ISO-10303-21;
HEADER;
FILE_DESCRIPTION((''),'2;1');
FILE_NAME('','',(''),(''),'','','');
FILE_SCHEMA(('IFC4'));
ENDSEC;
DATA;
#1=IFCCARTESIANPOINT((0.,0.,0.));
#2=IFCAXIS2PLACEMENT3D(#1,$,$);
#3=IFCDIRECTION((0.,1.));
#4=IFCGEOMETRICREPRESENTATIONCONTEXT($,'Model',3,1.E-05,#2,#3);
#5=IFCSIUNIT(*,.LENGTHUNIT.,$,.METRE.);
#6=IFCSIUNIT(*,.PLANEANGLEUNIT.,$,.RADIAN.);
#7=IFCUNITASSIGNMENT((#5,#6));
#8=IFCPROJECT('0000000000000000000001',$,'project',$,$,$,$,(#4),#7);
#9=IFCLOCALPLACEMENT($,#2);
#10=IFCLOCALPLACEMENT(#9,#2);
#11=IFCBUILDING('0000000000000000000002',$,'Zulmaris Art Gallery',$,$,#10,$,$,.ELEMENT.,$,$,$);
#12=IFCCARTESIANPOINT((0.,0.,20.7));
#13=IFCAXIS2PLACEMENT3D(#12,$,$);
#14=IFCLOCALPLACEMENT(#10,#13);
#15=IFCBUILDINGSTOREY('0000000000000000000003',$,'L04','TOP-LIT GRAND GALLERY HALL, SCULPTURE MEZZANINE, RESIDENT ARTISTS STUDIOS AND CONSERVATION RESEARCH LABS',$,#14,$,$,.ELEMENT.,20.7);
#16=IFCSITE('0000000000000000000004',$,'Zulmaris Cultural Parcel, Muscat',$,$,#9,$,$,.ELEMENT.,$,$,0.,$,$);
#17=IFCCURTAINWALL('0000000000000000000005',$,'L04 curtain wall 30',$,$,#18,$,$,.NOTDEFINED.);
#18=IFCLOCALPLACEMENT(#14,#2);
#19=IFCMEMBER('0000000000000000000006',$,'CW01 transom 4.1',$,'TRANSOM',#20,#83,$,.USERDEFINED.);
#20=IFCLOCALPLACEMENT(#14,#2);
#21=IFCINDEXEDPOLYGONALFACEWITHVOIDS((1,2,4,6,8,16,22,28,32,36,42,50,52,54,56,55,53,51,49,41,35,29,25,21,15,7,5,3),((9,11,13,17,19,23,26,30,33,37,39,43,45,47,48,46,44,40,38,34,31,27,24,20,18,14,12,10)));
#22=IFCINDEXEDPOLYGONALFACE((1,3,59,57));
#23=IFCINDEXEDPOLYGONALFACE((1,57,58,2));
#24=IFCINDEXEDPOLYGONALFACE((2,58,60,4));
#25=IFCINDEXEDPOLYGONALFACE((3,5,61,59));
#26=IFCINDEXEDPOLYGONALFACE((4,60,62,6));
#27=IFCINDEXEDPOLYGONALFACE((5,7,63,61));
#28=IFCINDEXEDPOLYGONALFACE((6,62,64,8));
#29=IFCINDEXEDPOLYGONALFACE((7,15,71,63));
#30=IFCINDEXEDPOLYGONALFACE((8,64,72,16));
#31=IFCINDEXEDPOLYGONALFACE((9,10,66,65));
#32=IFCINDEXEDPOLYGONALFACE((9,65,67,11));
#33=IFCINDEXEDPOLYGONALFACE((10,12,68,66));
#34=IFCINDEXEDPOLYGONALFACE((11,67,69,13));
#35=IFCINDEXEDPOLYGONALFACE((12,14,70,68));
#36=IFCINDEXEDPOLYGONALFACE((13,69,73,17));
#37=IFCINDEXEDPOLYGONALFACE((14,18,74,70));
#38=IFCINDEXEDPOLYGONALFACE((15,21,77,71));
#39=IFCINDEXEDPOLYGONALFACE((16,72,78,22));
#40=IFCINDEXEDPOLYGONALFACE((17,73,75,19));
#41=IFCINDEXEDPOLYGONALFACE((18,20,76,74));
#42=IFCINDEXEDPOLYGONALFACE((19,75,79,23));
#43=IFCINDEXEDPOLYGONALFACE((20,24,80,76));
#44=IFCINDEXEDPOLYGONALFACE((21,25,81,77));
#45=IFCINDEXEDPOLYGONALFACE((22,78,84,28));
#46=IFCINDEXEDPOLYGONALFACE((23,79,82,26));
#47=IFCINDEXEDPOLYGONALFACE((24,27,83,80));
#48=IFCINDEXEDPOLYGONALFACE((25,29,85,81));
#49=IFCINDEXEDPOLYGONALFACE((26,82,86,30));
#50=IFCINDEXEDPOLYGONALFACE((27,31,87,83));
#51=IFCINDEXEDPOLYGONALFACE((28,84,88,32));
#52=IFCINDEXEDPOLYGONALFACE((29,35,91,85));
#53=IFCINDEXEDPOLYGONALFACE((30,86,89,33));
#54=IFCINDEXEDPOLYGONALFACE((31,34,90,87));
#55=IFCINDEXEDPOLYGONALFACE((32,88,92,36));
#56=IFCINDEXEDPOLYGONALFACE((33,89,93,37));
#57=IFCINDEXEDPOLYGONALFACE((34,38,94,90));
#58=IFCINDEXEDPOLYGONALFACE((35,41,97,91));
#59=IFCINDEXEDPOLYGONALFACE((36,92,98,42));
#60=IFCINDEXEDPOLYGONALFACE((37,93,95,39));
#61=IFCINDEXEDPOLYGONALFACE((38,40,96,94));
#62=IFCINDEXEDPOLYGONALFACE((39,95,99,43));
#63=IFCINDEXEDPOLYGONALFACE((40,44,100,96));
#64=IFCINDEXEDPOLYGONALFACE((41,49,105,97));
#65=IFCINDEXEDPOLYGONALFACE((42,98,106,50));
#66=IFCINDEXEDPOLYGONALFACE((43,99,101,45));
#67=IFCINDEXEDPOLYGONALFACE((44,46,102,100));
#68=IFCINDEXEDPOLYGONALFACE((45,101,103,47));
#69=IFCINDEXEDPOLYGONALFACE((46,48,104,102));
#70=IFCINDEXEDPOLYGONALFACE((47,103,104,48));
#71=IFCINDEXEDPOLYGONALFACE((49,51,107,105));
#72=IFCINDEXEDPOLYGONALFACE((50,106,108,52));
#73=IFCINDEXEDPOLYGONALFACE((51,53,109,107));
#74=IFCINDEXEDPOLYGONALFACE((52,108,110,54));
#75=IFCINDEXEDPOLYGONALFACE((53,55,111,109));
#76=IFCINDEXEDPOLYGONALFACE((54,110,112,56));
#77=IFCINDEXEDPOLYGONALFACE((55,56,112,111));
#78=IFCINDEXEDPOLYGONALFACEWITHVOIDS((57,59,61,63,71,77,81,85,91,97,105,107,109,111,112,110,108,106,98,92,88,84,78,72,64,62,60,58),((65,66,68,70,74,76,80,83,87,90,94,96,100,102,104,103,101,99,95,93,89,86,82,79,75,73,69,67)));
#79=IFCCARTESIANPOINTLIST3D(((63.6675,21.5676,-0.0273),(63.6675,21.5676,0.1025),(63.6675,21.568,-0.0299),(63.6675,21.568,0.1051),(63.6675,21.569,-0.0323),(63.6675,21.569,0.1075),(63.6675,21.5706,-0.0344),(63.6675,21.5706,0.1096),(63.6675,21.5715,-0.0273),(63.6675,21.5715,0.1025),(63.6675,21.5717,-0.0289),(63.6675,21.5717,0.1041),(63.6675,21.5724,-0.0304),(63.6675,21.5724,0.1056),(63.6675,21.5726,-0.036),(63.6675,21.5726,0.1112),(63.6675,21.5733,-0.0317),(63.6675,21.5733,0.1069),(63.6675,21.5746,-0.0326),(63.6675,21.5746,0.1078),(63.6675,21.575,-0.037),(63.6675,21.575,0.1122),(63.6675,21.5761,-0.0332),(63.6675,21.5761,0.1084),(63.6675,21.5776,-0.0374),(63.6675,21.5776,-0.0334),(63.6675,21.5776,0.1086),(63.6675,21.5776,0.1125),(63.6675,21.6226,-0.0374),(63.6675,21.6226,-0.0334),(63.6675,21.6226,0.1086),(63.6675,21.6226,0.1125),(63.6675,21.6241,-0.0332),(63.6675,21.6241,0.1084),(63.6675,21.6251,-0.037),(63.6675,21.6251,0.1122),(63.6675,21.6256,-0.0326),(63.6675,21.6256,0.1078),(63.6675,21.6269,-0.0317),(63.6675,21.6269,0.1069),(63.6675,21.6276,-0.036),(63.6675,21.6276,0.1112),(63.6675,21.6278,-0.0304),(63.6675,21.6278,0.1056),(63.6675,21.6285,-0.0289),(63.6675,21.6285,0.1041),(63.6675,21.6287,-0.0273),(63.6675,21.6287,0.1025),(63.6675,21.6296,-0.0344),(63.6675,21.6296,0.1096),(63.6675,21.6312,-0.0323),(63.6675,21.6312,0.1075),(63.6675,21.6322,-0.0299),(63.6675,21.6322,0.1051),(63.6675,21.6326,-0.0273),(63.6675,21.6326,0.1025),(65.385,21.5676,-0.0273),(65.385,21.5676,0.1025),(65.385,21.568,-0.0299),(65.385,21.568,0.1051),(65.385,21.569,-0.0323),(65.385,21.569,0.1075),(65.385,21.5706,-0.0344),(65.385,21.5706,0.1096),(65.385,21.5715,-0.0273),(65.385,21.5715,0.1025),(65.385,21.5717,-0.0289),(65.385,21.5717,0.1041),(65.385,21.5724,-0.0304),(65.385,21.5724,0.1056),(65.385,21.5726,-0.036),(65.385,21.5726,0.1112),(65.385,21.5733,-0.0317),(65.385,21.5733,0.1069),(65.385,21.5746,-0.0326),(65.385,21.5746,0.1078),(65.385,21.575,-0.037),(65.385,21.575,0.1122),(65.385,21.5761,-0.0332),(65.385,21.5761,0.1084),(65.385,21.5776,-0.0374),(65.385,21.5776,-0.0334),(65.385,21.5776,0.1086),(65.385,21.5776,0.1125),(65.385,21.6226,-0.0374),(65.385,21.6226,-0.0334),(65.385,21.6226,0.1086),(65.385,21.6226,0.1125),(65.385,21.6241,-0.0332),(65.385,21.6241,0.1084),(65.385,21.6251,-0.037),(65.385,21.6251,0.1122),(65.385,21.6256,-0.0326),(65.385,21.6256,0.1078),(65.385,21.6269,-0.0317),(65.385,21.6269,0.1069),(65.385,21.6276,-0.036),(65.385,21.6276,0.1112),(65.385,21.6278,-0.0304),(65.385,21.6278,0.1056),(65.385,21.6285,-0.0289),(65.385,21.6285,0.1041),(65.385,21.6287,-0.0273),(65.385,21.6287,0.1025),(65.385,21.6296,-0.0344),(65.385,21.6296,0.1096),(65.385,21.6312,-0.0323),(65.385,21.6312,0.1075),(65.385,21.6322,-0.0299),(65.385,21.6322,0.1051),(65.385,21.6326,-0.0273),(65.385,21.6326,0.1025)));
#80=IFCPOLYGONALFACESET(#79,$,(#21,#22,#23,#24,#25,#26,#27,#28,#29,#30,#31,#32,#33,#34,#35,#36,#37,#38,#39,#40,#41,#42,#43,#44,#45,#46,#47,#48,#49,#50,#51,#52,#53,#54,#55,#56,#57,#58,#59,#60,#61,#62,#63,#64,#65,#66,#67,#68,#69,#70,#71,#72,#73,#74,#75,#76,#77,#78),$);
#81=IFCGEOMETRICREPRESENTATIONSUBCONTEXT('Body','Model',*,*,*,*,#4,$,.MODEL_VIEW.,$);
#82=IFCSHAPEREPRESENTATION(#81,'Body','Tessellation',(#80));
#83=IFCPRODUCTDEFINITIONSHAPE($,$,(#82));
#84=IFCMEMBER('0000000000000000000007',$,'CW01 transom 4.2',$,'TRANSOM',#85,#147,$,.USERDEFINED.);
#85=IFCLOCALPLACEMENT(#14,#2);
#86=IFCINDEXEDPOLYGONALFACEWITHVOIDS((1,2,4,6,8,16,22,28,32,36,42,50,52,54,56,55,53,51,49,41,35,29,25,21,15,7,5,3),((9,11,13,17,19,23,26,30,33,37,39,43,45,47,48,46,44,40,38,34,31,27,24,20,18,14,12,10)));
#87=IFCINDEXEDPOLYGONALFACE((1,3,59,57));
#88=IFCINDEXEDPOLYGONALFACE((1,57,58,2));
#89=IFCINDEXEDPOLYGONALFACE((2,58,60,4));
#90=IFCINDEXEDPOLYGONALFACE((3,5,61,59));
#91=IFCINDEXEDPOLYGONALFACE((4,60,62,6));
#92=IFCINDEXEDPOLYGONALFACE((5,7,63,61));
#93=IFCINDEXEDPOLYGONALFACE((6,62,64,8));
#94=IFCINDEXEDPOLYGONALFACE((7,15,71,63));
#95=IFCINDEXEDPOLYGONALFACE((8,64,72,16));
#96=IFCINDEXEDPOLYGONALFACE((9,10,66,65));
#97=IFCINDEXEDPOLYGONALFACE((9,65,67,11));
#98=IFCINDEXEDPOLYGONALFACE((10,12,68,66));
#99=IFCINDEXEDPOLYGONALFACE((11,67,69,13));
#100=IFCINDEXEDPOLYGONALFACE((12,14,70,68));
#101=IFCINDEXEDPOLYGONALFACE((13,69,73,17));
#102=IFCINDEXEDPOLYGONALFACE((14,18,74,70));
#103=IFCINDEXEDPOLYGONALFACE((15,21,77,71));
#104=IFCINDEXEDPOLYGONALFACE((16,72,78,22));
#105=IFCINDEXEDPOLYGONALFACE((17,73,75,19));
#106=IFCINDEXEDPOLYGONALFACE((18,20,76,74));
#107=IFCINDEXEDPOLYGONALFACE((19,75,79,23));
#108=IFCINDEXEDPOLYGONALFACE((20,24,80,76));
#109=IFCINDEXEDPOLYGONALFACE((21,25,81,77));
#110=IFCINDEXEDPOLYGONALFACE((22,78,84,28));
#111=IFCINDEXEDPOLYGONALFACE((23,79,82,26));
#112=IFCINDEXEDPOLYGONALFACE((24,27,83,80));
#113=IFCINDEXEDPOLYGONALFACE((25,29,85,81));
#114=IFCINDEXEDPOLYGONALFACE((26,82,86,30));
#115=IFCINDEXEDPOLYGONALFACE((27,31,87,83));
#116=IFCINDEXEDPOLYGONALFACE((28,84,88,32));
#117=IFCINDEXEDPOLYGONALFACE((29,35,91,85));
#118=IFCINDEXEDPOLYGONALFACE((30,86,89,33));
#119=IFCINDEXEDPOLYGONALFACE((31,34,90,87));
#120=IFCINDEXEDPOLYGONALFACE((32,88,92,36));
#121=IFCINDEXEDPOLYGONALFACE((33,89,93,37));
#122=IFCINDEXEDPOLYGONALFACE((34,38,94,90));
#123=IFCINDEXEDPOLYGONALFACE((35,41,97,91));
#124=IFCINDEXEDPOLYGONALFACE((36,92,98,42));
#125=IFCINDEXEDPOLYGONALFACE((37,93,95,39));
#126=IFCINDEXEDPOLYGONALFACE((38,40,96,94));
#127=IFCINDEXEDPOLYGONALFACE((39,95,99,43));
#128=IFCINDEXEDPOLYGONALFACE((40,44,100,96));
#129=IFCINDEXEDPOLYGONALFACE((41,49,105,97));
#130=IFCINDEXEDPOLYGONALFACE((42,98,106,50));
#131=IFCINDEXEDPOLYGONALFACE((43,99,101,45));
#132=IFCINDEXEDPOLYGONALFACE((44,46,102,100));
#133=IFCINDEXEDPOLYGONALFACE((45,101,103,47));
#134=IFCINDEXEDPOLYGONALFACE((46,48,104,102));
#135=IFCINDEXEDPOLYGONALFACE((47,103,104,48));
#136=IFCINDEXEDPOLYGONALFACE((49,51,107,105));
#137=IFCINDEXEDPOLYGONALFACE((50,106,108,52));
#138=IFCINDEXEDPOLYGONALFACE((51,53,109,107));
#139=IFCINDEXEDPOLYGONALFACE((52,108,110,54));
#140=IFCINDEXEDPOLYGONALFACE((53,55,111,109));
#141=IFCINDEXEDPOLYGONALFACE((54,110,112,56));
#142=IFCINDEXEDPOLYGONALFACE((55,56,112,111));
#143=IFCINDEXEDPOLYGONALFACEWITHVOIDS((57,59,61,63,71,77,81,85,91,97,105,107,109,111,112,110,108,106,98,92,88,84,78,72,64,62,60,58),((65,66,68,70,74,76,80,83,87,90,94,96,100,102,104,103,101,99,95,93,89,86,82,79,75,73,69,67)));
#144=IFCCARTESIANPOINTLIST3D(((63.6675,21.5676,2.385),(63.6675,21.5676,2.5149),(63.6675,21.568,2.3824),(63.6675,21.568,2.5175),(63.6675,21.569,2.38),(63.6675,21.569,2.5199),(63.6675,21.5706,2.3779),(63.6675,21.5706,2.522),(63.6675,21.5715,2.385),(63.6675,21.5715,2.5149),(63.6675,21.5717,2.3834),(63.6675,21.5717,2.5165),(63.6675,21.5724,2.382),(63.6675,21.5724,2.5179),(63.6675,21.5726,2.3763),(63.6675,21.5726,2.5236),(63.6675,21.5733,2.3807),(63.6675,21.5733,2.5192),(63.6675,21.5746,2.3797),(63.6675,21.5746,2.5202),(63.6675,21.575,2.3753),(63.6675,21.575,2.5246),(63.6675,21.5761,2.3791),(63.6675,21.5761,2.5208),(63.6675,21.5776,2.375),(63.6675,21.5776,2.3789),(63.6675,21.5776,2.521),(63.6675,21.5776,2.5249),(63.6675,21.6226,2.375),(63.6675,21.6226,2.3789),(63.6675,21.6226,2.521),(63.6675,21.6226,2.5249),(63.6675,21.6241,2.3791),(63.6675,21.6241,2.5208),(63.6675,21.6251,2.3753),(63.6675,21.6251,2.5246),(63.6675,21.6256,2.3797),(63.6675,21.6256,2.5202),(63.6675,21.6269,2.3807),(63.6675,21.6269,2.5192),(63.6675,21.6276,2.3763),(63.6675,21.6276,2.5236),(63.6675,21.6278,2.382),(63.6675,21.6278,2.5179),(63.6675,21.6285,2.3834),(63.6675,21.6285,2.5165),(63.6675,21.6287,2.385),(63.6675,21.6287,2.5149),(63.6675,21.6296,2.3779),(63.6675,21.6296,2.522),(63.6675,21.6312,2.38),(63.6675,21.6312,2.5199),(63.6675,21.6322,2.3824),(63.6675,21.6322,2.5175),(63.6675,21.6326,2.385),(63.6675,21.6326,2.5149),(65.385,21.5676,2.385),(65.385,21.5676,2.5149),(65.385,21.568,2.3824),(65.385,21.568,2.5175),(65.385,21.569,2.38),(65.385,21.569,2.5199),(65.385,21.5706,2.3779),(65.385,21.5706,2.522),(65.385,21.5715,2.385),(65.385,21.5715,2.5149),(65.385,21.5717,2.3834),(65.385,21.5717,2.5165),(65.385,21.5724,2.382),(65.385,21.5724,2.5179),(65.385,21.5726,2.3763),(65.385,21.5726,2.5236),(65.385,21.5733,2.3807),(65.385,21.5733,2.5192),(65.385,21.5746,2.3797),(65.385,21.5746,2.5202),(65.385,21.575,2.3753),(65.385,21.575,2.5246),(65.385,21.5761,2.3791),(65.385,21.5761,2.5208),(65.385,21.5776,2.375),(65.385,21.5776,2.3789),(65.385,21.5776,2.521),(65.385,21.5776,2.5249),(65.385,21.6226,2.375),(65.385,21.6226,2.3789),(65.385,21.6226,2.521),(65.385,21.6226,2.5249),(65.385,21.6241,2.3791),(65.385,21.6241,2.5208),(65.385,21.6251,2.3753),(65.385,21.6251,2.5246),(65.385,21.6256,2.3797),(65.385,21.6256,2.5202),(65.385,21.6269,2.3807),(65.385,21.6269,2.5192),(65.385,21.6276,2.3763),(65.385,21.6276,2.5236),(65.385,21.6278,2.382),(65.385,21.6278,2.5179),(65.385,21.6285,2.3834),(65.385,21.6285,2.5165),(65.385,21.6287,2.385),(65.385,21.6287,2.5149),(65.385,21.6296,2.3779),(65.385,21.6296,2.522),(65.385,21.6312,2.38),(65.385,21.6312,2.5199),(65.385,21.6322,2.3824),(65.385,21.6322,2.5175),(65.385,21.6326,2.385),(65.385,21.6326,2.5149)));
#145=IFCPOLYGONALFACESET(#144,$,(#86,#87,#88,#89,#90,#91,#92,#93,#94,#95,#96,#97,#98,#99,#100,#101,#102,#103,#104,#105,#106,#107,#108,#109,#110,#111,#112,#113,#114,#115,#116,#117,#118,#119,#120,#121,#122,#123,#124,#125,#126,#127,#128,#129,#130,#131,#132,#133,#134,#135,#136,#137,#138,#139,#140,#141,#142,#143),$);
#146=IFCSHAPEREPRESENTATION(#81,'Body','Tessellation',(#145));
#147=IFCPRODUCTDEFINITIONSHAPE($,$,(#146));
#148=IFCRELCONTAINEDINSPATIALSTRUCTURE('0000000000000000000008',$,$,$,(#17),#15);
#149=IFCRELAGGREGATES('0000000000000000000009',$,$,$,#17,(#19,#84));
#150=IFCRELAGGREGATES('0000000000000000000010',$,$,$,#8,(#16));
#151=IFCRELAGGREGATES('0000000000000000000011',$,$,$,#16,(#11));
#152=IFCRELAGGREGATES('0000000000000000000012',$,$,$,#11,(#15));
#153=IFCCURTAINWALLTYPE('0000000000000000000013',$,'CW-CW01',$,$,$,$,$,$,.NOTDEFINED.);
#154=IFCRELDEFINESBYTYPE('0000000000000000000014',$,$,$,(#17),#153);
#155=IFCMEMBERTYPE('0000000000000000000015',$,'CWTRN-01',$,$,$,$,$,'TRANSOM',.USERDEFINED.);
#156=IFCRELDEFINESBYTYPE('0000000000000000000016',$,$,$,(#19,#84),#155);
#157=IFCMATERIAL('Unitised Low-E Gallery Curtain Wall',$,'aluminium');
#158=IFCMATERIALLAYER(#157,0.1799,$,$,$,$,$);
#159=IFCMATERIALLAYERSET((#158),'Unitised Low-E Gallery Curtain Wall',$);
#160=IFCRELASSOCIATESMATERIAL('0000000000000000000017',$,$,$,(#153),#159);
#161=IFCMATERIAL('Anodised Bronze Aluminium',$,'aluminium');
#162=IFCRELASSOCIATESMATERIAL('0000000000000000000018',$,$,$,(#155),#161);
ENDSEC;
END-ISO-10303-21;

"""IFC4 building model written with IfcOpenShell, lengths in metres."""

from ifc_helpers import new_model, si_unit, direction, frame, origin, origin_2d, place, context, subcontext, project, spatial, hollow_rectangle, extrude, material, layer, layer_set, material_profile, profile_set, type_object, element, aggregate, save


model = new_model("IFC4")

# Units and contexts
model_context = context("Model", 3, precision=1e-05, world=origin(), true_north=direction((0.0, 1.0)))
body_context = subcontext(model_context, "Body", "Model", "MODEL_VIEW")
ifc_project = project(units=[si_unit("LENGTHUNIT", "METRE"), si_unit("PLANEANGLEUNIT", "RADIAN")], contexts=[model_context])

# Site, building, storey
site_placement = place(None, origin())
site = spatial("IfcSite", under=ifc_project, at=site_placement, Name="Zulmaris Cultural Parcel, Muscat", CompositionType="ELEMENT", RefElevation=0.0)
building_placement = place(site_placement, origin())
building = spatial("IfcBuilding", under=site, at=building_placement, Name="Zulmaris Art Gallery", CompositionType="ELEMENT")
storey_placement = place(building_placement, frame((0.0, 0.0, 20.7)))
storey = spatial("IfcBuildingStorey", under=building, at=storey_placement, Name="L04", Description="TOP-LIT GRAND GALLERY HALL, SCULPTURE MEZZANINE, RESIDENT ARTISTS STUDIOS AND CONSERVATION RESEARCH LABS", CompositionType="ELEMENT", Elevation=20.7)

# Curtain wall
ifc_material_1 = material(Name="Unitised Low-E Gallery Curtain Wall", Category="aluminium")
ifc_layer_1 = layer(ifc_material_1, 0.1799)
ifc_layer_set_1 = layer_set([ifc_layer_1], Name="Unitised Low-E Gallery Curtain Wall")
curtain_wall_type_1 = type_object("IfcCurtainWallType", Name="CW-CW01", PredefinedType="NOTDEFINED", material=ifc_layer_set_1)
curtain_wall_1_placement = place(storey_placement, origin())
curtain_wall_1 = element("IfcCurtainWall", 1, at=curtain_wall_1_placement, inside=storey, type_object=curtain_wall_type_1, Name="L04 curtain wall 30", PredefinedType="NOTDEFINED")
ifc_material_2 = material(Name="Anodised Bronze Aluminium", Category="aluminium")

# Members
ifc_material_profile_1 = material_profile(ifc_material_2, hollow_rectangle(XDim=0.0649, YDim=0.1499, WallThickness=0.0039, InnerFilletRadius=0.0061, OuterFilletRadius=0.01, at=origin_2d()), Name="ALU 65x150x4")
ifc_profile_set_1 = profile_set([ifc_material_profile_1], Name="Anodised Bronze Aluminium")
member_type_1 = type_object("IfcMemberType", Name="CWTRN-01", ElementType="TRANSOM", PredefinedType="USERDEFINED", material=ifc_profile_set_1)
member_1_placement = place(storey_placement, frame((63.6675, 21.6001, 0.0376), z_axis=(1.0, 0.0, 0.0), x_axis=(0.0, 1.0, 0.0)))
member_1 = element("IfcMember", 2, at=member_1_placement, type_object=member_type_1, Name="CW01 transom 4.1", ObjectType="TRANSOM", PredefinedType="USERDEFINED", context=body_context, shape_type="SweptSolid", body=[
    extrude(hollow_rectangle(XDim=0.0649, YDim=0.1499, WallThickness=0.0039, InnerFilletRadius=0.0061, OuterFilletRadius=0.01, at=origin_2d()), origin(), (0.0, 0.0, 1.0), 1.7175),
])
member_2_placement = place(storey_placement, frame((63.6675, 21.6001, 2.45), z_axis=(1.0, 0.0, 0.0), x_axis=(0.0, 1.0, 0.0)))
member_2 = element("IfcMember", 3, at=member_2_placement, type_object=member_type_1, Name="CW01 transom 4.2", ObjectType="TRANSOM", PredefinedType="USERDEFINED", context=body_context, shape_type="SweptSolid", body=[
    extrude(hollow_rectangle(XDim=0.0649, YDim=0.1499, WallThickness=0.0039, InnerFilletRadius=0.0061, OuterFilletRadius=0.01, at=origin_2d()), origin(), (0.0, 0.0, 1.0), 1.7175),
])

aggregate(curtain_wall_1, [member_1, member_2])

save(model, "model.ifc")
